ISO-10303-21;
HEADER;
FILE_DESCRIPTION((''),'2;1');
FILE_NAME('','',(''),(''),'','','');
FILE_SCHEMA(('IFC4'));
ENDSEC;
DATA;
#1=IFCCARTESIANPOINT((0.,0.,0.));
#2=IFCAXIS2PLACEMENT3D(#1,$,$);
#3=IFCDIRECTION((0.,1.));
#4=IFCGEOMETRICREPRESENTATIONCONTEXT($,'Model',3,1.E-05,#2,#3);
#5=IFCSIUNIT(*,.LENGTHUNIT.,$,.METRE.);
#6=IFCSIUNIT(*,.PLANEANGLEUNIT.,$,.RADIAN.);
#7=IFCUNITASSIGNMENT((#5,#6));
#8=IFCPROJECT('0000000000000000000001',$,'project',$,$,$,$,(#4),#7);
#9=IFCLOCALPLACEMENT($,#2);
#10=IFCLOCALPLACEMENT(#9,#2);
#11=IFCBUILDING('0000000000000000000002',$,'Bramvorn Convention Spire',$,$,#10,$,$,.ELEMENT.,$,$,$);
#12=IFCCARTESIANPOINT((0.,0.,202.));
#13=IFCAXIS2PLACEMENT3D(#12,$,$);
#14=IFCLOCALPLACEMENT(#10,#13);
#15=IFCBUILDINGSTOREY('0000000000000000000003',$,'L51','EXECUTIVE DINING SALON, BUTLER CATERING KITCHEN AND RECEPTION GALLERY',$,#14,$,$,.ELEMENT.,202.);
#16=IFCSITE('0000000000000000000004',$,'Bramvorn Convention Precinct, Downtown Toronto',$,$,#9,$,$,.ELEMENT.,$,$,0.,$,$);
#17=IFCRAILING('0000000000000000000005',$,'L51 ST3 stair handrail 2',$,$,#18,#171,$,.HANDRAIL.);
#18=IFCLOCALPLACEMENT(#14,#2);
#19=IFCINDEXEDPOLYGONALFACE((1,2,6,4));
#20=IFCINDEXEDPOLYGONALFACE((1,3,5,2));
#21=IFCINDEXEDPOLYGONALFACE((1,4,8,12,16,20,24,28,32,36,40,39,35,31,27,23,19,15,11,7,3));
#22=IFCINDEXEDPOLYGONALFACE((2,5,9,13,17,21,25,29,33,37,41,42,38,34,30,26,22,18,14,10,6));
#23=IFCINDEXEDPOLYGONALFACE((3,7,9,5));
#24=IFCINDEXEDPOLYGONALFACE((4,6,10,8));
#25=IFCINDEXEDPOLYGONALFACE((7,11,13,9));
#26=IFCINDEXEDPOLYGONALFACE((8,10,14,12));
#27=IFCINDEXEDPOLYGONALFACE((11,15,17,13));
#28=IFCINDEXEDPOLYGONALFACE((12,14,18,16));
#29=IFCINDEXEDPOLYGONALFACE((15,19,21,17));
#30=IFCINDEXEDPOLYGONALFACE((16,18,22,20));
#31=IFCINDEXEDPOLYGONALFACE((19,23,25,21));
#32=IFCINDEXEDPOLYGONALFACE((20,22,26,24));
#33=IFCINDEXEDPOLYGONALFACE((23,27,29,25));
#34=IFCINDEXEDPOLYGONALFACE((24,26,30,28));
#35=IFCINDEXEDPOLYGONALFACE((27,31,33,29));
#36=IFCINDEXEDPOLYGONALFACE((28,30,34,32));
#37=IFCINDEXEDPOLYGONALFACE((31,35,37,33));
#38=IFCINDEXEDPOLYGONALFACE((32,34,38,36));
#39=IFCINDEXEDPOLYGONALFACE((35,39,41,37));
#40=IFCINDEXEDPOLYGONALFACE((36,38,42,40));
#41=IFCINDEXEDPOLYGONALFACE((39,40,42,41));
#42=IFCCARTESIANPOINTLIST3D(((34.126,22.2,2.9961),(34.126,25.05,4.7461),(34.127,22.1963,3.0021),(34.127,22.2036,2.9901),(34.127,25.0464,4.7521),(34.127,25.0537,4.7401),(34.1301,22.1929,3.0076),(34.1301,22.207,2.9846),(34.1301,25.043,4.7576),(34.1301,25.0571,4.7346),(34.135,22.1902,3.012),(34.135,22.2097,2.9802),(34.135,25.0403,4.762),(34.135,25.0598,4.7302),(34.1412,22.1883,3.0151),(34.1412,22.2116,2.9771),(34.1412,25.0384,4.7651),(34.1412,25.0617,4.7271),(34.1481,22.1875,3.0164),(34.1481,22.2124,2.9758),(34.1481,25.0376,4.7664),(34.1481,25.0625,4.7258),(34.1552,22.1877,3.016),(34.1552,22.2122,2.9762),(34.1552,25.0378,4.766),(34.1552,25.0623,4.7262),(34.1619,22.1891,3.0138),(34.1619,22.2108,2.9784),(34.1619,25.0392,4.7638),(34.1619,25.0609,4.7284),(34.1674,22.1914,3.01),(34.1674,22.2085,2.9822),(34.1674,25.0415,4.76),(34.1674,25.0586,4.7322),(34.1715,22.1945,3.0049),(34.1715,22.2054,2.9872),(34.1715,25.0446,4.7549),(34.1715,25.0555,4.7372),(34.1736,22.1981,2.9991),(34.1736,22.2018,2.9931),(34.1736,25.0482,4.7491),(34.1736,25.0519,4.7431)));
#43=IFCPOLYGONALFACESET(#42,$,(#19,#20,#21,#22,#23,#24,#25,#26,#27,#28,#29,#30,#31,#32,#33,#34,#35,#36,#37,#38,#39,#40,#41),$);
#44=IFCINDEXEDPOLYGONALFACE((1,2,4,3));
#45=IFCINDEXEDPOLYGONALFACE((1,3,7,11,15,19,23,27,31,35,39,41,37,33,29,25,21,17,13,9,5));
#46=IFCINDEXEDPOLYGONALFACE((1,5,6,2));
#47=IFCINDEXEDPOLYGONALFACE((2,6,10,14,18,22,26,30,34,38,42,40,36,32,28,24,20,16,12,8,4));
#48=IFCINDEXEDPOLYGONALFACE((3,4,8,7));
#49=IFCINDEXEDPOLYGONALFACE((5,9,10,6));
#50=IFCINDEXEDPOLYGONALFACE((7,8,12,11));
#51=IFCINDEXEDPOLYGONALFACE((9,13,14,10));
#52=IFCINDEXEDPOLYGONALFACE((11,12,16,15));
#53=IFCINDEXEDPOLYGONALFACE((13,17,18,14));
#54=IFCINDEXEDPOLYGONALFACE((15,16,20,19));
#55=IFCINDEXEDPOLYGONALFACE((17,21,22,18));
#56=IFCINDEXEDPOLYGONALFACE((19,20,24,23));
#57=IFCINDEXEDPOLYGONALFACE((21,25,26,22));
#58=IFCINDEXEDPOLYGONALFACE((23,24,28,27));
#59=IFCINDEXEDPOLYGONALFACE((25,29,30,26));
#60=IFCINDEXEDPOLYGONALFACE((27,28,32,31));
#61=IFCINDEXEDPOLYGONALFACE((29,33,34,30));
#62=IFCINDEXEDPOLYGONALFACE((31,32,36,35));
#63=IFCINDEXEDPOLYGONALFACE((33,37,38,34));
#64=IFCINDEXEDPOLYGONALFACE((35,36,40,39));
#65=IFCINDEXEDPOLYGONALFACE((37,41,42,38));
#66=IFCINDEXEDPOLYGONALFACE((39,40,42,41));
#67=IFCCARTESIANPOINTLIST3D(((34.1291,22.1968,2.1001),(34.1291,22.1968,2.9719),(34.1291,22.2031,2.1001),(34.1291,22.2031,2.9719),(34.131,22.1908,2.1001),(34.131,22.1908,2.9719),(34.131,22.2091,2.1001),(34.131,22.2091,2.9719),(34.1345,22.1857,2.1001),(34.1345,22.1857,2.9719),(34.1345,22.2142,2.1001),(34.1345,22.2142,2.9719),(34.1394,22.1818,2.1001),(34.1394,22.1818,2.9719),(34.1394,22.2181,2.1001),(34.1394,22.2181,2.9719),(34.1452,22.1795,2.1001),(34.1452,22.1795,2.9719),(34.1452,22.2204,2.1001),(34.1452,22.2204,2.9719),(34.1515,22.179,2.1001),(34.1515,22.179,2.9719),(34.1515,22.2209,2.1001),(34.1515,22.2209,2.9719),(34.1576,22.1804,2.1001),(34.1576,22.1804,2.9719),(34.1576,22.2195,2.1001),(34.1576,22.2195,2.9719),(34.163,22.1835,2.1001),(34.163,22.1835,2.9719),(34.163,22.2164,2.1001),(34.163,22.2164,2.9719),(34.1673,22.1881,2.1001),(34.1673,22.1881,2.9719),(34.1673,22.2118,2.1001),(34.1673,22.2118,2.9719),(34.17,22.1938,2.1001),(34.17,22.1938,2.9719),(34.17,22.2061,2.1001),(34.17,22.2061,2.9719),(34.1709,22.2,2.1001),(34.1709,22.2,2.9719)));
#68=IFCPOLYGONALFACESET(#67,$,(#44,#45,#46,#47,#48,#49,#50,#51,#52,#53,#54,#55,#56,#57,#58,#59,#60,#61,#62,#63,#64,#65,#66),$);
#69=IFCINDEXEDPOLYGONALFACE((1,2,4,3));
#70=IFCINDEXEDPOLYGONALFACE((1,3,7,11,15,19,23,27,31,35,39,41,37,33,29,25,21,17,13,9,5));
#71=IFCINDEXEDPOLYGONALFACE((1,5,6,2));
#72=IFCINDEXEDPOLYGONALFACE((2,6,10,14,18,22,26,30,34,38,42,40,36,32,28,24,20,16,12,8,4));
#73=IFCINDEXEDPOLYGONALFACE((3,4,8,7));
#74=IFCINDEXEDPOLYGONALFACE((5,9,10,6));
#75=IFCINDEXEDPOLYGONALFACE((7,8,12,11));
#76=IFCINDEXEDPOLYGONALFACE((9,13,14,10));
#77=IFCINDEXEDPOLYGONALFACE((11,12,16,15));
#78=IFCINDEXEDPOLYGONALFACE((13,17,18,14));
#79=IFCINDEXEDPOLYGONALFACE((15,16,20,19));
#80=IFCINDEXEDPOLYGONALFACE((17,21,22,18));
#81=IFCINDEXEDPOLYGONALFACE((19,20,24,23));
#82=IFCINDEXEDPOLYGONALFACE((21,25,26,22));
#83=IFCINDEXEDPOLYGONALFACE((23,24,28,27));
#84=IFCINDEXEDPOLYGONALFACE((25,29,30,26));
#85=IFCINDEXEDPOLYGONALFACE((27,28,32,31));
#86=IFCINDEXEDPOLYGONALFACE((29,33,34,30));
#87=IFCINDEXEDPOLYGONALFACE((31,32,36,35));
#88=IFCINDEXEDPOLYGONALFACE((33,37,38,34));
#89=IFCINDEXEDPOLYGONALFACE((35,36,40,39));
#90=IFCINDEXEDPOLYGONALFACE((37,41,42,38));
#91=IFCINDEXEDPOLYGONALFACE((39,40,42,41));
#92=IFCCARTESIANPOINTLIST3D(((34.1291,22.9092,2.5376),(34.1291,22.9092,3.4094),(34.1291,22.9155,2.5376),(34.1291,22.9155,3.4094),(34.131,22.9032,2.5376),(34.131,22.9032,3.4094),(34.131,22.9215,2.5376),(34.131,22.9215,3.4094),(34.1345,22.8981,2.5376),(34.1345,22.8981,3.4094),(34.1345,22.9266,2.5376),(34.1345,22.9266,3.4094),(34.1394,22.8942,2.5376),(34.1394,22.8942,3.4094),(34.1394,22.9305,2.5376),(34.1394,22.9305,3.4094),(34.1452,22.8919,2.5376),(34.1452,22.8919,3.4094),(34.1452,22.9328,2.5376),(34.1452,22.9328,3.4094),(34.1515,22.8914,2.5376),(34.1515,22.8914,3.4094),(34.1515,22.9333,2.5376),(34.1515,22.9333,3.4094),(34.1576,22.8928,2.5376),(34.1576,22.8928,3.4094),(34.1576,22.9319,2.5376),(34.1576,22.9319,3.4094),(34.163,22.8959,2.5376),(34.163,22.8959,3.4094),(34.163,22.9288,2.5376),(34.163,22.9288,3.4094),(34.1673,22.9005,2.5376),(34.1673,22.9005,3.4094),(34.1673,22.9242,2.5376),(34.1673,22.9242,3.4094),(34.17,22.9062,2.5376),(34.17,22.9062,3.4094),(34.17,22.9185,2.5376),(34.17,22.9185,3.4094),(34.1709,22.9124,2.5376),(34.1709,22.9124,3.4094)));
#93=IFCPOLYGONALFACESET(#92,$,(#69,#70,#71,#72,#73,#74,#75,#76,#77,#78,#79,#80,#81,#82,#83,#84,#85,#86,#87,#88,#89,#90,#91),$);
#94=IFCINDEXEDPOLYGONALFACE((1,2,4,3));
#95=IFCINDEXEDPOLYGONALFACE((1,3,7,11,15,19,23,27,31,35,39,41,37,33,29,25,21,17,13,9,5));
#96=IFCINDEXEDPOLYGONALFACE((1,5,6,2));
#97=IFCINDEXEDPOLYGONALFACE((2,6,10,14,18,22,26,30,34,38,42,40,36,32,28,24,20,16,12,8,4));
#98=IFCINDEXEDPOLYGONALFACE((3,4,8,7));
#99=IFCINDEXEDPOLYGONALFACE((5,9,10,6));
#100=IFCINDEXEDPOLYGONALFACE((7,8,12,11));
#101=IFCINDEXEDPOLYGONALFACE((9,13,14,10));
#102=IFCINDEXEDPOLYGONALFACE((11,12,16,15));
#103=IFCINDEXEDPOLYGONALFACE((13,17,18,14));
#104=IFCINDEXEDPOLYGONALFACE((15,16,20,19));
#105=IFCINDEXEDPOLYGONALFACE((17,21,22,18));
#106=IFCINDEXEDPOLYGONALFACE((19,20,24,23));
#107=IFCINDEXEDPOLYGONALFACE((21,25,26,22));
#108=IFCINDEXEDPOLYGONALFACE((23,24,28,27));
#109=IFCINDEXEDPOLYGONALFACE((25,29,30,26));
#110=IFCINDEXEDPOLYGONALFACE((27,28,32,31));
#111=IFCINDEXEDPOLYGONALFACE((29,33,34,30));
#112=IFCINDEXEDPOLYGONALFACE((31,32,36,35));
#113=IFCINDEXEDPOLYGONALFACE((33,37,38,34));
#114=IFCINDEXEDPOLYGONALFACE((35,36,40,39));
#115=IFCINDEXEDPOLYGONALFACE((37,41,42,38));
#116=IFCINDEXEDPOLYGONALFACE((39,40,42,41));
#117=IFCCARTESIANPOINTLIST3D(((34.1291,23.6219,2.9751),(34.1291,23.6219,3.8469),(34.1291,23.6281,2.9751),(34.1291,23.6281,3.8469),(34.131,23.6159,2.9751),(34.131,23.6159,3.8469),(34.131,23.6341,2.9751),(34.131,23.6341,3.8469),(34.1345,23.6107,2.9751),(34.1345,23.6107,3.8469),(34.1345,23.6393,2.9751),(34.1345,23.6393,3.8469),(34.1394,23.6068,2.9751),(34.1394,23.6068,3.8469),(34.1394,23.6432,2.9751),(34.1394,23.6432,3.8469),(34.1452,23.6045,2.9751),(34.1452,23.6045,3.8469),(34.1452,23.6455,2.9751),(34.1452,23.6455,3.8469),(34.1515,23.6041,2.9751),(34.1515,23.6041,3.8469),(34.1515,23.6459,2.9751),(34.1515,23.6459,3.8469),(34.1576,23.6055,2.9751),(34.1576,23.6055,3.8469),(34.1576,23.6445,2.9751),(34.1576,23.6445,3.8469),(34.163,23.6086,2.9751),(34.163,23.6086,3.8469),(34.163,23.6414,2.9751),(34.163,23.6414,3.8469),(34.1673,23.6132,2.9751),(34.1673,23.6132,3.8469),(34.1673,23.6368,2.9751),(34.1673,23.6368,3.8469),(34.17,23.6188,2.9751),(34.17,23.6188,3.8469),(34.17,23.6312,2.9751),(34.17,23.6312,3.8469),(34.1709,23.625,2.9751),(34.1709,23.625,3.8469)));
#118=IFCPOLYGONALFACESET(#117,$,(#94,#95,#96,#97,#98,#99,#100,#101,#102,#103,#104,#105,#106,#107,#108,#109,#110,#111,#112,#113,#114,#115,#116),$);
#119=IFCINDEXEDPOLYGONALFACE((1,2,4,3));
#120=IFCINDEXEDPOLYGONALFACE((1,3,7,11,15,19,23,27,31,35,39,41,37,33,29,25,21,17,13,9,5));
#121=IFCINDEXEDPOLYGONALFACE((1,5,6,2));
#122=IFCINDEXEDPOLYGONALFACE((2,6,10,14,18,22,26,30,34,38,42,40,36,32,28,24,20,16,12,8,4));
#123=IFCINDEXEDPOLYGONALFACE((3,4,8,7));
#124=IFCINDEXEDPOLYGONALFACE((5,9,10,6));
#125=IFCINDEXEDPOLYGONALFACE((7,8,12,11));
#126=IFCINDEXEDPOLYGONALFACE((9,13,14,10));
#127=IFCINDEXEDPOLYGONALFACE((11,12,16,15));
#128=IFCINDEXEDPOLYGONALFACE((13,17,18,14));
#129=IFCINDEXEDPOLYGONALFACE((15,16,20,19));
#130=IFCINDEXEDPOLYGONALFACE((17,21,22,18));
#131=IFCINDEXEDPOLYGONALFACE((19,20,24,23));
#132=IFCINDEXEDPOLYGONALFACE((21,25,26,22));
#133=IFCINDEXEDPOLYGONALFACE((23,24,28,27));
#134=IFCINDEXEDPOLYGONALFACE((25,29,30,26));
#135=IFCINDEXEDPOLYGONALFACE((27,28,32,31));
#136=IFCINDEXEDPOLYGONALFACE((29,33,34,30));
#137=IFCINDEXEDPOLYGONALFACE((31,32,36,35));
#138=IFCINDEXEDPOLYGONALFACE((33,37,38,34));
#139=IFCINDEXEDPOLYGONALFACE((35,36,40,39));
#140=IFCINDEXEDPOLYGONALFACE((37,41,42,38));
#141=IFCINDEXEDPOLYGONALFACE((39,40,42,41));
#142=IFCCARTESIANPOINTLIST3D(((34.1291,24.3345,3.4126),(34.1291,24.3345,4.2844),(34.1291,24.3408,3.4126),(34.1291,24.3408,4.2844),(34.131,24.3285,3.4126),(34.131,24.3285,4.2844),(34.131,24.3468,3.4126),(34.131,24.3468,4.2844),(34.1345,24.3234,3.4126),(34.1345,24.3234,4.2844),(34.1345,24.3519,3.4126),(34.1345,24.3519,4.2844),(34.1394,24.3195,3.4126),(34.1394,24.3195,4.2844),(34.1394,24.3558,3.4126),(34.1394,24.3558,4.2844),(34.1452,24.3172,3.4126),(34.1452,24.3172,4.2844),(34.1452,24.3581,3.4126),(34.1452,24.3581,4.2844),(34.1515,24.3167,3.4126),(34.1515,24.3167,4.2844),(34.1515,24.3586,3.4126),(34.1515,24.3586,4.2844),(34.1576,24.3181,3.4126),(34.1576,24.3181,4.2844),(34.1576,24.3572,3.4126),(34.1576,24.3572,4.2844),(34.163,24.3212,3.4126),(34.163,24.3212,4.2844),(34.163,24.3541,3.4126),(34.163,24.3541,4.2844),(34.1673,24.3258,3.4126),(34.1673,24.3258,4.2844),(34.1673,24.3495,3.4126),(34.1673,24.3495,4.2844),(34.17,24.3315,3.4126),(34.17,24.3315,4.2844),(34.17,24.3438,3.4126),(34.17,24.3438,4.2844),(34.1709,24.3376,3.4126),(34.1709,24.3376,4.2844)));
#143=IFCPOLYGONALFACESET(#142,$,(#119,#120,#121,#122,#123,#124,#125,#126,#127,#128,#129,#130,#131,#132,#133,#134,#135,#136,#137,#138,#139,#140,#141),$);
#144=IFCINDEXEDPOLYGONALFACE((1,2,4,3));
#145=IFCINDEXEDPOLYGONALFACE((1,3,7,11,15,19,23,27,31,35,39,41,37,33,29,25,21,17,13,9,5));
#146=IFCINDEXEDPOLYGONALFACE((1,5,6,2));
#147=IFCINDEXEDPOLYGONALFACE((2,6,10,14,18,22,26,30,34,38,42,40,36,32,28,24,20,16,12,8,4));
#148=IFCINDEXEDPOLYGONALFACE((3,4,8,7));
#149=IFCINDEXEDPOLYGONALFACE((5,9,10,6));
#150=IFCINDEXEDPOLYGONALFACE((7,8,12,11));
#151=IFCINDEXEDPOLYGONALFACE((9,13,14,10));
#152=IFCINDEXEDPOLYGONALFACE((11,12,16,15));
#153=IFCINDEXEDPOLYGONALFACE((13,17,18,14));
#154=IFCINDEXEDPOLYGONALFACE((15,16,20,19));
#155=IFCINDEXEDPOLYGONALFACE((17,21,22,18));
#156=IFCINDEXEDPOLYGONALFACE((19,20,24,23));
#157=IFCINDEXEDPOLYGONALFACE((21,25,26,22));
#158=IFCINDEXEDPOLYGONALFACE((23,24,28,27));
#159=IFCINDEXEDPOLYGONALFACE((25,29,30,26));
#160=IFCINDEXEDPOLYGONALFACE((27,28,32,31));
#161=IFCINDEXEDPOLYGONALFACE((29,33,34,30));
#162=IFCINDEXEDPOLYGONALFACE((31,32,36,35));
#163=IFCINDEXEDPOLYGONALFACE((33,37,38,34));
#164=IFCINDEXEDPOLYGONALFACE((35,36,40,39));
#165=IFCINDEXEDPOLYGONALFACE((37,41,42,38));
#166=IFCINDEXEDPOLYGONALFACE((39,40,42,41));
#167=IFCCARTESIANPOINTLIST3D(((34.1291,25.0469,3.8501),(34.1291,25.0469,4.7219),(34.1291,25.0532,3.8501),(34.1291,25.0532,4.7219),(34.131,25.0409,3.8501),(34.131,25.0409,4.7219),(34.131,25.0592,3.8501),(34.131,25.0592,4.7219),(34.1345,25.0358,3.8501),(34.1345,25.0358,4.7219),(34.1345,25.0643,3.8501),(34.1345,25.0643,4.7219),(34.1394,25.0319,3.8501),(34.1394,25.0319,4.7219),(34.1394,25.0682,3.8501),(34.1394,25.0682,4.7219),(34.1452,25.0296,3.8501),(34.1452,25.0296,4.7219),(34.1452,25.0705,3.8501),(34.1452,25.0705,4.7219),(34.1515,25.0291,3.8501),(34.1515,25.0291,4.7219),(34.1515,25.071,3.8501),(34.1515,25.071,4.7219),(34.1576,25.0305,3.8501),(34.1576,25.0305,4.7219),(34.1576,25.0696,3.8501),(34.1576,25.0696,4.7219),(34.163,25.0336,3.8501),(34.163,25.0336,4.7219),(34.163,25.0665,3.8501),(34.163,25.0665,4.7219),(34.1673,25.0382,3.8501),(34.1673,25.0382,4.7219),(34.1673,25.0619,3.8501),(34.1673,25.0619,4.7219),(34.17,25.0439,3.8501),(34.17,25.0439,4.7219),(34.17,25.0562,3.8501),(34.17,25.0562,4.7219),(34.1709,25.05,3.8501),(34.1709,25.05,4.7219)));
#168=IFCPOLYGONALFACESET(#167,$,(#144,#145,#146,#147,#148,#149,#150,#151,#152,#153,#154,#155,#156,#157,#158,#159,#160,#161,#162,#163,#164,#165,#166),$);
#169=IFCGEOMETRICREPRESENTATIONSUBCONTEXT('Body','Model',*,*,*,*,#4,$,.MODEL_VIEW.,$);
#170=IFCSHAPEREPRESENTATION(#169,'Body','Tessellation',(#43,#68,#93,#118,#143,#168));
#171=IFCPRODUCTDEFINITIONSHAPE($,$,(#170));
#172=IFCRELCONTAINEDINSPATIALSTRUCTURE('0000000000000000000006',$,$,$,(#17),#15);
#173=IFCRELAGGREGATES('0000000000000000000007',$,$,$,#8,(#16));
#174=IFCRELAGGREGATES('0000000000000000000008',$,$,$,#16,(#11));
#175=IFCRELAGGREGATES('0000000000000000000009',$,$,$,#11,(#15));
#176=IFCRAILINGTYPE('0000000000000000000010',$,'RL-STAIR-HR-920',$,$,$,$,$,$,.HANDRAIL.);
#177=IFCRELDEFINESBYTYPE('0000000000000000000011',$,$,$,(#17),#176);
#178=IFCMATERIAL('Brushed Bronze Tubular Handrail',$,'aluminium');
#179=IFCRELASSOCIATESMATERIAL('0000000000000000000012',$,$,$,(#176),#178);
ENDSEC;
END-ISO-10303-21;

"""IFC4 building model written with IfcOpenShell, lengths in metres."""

from ifc_helpers import new_model, si_unit, direction, frame, origin, origin_2d, place, context, subcontext, project, spatial, circle, extrude, material, type_object, element, save


model = new_model("IFC4")

# Units and contexts
model_context = context("Model", 3, precision=1e-05, world=origin(), true_north=direction((0.0, 1.0)))
body_context = subcontext(model_context, "Body", "Model", "MODEL_VIEW")
ifc_project = project(units=[si_unit("LENGTHUNIT", "METRE"), si_unit("PLANEANGLEUNIT", "RADIAN")], contexts=[model_context])

# Site, building, storey
site_placement = place(None, origin())
site = spatial("IfcSite", under=ifc_project, at=site_placement, Name="Bramvorn Convention Precinct, Downtown Toronto", CompositionType="ELEMENT", RefElevation=0.0)
building_placement = place(site_placement, origin())
building = spatial("IfcBuilding", under=site, at=building_placement, Name="Bramvorn Convention Spire", CompositionType="ELEMENT")
storey_placement = place(building_placement, frame((0.0, 0.0, 202.0)))
storey = spatial("IfcBuildingStorey", under=building, at=storey_placement, Name="L51", Description="EXECUTIVE DINING SALON, BUTLER CATERING KITCHEN AND RECEPTION GALLERY", CompositionType="ELEMENT", Elevation=202.0)

# Railing
ifc_material_1 = material(Name="Brushed Bronze Tubular Handrail", Category="aluminium")
railing_type_1 = type_object("IfcRailingType", Name="RL-STAIR-HR-920", PredefinedType="HANDRAIL", material=ifc_material_1)
railing_1_placement = place(storey_placement, frame((34.1499, 22.2, 2.1001)))
element("IfcRailing", 1, at=railing_1_placement, inside=storey, type_object=railing_type_1, Name="L51 ST3 stair handrail 2", PredefinedType="HANDRAIL", context=body_context, shape_type="SweptSolid", body=[
    extrude(circle(Radius=0.0239, at=origin_2d()), frame((0.0, 0.0, 0.896), z_axis=(0.0, 0.852179, 0.52325), x_axis=(-1.0, 0.0, 0.0)), (0.0, 0.0, 1.0), 3.3445),
    extrude(circle(Radius=0.021, at=origin_2d()), origin(), (0.0, 0.0, 1.0), 0.8718),
    extrude(circle(Radius=0.021, at=origin_2d()), frame((0.0, 0.7124, 0.4375)), (0.0, 0.0, 1.0), 0.8718),
    extrude(circle(Radius=0.021, at=origin_2d()), frame((0.0, 1.425, 0.875)), (0.0, 0.0, 1.0), 0.8718),
    extrude(circle(Radius=0.021, at=origin_2d()), frame((0.0, 2.1377, 1.3125)), (0.0, 0.0, 1.0), 0.8718),
    extrude(circle(Radius=0.021, at=origin_2d()), frame((0.0, 2.8501, 1.75)), (0.0, 0.0, 1.0), 0.8718),
])

save(model, "model.ifc")
